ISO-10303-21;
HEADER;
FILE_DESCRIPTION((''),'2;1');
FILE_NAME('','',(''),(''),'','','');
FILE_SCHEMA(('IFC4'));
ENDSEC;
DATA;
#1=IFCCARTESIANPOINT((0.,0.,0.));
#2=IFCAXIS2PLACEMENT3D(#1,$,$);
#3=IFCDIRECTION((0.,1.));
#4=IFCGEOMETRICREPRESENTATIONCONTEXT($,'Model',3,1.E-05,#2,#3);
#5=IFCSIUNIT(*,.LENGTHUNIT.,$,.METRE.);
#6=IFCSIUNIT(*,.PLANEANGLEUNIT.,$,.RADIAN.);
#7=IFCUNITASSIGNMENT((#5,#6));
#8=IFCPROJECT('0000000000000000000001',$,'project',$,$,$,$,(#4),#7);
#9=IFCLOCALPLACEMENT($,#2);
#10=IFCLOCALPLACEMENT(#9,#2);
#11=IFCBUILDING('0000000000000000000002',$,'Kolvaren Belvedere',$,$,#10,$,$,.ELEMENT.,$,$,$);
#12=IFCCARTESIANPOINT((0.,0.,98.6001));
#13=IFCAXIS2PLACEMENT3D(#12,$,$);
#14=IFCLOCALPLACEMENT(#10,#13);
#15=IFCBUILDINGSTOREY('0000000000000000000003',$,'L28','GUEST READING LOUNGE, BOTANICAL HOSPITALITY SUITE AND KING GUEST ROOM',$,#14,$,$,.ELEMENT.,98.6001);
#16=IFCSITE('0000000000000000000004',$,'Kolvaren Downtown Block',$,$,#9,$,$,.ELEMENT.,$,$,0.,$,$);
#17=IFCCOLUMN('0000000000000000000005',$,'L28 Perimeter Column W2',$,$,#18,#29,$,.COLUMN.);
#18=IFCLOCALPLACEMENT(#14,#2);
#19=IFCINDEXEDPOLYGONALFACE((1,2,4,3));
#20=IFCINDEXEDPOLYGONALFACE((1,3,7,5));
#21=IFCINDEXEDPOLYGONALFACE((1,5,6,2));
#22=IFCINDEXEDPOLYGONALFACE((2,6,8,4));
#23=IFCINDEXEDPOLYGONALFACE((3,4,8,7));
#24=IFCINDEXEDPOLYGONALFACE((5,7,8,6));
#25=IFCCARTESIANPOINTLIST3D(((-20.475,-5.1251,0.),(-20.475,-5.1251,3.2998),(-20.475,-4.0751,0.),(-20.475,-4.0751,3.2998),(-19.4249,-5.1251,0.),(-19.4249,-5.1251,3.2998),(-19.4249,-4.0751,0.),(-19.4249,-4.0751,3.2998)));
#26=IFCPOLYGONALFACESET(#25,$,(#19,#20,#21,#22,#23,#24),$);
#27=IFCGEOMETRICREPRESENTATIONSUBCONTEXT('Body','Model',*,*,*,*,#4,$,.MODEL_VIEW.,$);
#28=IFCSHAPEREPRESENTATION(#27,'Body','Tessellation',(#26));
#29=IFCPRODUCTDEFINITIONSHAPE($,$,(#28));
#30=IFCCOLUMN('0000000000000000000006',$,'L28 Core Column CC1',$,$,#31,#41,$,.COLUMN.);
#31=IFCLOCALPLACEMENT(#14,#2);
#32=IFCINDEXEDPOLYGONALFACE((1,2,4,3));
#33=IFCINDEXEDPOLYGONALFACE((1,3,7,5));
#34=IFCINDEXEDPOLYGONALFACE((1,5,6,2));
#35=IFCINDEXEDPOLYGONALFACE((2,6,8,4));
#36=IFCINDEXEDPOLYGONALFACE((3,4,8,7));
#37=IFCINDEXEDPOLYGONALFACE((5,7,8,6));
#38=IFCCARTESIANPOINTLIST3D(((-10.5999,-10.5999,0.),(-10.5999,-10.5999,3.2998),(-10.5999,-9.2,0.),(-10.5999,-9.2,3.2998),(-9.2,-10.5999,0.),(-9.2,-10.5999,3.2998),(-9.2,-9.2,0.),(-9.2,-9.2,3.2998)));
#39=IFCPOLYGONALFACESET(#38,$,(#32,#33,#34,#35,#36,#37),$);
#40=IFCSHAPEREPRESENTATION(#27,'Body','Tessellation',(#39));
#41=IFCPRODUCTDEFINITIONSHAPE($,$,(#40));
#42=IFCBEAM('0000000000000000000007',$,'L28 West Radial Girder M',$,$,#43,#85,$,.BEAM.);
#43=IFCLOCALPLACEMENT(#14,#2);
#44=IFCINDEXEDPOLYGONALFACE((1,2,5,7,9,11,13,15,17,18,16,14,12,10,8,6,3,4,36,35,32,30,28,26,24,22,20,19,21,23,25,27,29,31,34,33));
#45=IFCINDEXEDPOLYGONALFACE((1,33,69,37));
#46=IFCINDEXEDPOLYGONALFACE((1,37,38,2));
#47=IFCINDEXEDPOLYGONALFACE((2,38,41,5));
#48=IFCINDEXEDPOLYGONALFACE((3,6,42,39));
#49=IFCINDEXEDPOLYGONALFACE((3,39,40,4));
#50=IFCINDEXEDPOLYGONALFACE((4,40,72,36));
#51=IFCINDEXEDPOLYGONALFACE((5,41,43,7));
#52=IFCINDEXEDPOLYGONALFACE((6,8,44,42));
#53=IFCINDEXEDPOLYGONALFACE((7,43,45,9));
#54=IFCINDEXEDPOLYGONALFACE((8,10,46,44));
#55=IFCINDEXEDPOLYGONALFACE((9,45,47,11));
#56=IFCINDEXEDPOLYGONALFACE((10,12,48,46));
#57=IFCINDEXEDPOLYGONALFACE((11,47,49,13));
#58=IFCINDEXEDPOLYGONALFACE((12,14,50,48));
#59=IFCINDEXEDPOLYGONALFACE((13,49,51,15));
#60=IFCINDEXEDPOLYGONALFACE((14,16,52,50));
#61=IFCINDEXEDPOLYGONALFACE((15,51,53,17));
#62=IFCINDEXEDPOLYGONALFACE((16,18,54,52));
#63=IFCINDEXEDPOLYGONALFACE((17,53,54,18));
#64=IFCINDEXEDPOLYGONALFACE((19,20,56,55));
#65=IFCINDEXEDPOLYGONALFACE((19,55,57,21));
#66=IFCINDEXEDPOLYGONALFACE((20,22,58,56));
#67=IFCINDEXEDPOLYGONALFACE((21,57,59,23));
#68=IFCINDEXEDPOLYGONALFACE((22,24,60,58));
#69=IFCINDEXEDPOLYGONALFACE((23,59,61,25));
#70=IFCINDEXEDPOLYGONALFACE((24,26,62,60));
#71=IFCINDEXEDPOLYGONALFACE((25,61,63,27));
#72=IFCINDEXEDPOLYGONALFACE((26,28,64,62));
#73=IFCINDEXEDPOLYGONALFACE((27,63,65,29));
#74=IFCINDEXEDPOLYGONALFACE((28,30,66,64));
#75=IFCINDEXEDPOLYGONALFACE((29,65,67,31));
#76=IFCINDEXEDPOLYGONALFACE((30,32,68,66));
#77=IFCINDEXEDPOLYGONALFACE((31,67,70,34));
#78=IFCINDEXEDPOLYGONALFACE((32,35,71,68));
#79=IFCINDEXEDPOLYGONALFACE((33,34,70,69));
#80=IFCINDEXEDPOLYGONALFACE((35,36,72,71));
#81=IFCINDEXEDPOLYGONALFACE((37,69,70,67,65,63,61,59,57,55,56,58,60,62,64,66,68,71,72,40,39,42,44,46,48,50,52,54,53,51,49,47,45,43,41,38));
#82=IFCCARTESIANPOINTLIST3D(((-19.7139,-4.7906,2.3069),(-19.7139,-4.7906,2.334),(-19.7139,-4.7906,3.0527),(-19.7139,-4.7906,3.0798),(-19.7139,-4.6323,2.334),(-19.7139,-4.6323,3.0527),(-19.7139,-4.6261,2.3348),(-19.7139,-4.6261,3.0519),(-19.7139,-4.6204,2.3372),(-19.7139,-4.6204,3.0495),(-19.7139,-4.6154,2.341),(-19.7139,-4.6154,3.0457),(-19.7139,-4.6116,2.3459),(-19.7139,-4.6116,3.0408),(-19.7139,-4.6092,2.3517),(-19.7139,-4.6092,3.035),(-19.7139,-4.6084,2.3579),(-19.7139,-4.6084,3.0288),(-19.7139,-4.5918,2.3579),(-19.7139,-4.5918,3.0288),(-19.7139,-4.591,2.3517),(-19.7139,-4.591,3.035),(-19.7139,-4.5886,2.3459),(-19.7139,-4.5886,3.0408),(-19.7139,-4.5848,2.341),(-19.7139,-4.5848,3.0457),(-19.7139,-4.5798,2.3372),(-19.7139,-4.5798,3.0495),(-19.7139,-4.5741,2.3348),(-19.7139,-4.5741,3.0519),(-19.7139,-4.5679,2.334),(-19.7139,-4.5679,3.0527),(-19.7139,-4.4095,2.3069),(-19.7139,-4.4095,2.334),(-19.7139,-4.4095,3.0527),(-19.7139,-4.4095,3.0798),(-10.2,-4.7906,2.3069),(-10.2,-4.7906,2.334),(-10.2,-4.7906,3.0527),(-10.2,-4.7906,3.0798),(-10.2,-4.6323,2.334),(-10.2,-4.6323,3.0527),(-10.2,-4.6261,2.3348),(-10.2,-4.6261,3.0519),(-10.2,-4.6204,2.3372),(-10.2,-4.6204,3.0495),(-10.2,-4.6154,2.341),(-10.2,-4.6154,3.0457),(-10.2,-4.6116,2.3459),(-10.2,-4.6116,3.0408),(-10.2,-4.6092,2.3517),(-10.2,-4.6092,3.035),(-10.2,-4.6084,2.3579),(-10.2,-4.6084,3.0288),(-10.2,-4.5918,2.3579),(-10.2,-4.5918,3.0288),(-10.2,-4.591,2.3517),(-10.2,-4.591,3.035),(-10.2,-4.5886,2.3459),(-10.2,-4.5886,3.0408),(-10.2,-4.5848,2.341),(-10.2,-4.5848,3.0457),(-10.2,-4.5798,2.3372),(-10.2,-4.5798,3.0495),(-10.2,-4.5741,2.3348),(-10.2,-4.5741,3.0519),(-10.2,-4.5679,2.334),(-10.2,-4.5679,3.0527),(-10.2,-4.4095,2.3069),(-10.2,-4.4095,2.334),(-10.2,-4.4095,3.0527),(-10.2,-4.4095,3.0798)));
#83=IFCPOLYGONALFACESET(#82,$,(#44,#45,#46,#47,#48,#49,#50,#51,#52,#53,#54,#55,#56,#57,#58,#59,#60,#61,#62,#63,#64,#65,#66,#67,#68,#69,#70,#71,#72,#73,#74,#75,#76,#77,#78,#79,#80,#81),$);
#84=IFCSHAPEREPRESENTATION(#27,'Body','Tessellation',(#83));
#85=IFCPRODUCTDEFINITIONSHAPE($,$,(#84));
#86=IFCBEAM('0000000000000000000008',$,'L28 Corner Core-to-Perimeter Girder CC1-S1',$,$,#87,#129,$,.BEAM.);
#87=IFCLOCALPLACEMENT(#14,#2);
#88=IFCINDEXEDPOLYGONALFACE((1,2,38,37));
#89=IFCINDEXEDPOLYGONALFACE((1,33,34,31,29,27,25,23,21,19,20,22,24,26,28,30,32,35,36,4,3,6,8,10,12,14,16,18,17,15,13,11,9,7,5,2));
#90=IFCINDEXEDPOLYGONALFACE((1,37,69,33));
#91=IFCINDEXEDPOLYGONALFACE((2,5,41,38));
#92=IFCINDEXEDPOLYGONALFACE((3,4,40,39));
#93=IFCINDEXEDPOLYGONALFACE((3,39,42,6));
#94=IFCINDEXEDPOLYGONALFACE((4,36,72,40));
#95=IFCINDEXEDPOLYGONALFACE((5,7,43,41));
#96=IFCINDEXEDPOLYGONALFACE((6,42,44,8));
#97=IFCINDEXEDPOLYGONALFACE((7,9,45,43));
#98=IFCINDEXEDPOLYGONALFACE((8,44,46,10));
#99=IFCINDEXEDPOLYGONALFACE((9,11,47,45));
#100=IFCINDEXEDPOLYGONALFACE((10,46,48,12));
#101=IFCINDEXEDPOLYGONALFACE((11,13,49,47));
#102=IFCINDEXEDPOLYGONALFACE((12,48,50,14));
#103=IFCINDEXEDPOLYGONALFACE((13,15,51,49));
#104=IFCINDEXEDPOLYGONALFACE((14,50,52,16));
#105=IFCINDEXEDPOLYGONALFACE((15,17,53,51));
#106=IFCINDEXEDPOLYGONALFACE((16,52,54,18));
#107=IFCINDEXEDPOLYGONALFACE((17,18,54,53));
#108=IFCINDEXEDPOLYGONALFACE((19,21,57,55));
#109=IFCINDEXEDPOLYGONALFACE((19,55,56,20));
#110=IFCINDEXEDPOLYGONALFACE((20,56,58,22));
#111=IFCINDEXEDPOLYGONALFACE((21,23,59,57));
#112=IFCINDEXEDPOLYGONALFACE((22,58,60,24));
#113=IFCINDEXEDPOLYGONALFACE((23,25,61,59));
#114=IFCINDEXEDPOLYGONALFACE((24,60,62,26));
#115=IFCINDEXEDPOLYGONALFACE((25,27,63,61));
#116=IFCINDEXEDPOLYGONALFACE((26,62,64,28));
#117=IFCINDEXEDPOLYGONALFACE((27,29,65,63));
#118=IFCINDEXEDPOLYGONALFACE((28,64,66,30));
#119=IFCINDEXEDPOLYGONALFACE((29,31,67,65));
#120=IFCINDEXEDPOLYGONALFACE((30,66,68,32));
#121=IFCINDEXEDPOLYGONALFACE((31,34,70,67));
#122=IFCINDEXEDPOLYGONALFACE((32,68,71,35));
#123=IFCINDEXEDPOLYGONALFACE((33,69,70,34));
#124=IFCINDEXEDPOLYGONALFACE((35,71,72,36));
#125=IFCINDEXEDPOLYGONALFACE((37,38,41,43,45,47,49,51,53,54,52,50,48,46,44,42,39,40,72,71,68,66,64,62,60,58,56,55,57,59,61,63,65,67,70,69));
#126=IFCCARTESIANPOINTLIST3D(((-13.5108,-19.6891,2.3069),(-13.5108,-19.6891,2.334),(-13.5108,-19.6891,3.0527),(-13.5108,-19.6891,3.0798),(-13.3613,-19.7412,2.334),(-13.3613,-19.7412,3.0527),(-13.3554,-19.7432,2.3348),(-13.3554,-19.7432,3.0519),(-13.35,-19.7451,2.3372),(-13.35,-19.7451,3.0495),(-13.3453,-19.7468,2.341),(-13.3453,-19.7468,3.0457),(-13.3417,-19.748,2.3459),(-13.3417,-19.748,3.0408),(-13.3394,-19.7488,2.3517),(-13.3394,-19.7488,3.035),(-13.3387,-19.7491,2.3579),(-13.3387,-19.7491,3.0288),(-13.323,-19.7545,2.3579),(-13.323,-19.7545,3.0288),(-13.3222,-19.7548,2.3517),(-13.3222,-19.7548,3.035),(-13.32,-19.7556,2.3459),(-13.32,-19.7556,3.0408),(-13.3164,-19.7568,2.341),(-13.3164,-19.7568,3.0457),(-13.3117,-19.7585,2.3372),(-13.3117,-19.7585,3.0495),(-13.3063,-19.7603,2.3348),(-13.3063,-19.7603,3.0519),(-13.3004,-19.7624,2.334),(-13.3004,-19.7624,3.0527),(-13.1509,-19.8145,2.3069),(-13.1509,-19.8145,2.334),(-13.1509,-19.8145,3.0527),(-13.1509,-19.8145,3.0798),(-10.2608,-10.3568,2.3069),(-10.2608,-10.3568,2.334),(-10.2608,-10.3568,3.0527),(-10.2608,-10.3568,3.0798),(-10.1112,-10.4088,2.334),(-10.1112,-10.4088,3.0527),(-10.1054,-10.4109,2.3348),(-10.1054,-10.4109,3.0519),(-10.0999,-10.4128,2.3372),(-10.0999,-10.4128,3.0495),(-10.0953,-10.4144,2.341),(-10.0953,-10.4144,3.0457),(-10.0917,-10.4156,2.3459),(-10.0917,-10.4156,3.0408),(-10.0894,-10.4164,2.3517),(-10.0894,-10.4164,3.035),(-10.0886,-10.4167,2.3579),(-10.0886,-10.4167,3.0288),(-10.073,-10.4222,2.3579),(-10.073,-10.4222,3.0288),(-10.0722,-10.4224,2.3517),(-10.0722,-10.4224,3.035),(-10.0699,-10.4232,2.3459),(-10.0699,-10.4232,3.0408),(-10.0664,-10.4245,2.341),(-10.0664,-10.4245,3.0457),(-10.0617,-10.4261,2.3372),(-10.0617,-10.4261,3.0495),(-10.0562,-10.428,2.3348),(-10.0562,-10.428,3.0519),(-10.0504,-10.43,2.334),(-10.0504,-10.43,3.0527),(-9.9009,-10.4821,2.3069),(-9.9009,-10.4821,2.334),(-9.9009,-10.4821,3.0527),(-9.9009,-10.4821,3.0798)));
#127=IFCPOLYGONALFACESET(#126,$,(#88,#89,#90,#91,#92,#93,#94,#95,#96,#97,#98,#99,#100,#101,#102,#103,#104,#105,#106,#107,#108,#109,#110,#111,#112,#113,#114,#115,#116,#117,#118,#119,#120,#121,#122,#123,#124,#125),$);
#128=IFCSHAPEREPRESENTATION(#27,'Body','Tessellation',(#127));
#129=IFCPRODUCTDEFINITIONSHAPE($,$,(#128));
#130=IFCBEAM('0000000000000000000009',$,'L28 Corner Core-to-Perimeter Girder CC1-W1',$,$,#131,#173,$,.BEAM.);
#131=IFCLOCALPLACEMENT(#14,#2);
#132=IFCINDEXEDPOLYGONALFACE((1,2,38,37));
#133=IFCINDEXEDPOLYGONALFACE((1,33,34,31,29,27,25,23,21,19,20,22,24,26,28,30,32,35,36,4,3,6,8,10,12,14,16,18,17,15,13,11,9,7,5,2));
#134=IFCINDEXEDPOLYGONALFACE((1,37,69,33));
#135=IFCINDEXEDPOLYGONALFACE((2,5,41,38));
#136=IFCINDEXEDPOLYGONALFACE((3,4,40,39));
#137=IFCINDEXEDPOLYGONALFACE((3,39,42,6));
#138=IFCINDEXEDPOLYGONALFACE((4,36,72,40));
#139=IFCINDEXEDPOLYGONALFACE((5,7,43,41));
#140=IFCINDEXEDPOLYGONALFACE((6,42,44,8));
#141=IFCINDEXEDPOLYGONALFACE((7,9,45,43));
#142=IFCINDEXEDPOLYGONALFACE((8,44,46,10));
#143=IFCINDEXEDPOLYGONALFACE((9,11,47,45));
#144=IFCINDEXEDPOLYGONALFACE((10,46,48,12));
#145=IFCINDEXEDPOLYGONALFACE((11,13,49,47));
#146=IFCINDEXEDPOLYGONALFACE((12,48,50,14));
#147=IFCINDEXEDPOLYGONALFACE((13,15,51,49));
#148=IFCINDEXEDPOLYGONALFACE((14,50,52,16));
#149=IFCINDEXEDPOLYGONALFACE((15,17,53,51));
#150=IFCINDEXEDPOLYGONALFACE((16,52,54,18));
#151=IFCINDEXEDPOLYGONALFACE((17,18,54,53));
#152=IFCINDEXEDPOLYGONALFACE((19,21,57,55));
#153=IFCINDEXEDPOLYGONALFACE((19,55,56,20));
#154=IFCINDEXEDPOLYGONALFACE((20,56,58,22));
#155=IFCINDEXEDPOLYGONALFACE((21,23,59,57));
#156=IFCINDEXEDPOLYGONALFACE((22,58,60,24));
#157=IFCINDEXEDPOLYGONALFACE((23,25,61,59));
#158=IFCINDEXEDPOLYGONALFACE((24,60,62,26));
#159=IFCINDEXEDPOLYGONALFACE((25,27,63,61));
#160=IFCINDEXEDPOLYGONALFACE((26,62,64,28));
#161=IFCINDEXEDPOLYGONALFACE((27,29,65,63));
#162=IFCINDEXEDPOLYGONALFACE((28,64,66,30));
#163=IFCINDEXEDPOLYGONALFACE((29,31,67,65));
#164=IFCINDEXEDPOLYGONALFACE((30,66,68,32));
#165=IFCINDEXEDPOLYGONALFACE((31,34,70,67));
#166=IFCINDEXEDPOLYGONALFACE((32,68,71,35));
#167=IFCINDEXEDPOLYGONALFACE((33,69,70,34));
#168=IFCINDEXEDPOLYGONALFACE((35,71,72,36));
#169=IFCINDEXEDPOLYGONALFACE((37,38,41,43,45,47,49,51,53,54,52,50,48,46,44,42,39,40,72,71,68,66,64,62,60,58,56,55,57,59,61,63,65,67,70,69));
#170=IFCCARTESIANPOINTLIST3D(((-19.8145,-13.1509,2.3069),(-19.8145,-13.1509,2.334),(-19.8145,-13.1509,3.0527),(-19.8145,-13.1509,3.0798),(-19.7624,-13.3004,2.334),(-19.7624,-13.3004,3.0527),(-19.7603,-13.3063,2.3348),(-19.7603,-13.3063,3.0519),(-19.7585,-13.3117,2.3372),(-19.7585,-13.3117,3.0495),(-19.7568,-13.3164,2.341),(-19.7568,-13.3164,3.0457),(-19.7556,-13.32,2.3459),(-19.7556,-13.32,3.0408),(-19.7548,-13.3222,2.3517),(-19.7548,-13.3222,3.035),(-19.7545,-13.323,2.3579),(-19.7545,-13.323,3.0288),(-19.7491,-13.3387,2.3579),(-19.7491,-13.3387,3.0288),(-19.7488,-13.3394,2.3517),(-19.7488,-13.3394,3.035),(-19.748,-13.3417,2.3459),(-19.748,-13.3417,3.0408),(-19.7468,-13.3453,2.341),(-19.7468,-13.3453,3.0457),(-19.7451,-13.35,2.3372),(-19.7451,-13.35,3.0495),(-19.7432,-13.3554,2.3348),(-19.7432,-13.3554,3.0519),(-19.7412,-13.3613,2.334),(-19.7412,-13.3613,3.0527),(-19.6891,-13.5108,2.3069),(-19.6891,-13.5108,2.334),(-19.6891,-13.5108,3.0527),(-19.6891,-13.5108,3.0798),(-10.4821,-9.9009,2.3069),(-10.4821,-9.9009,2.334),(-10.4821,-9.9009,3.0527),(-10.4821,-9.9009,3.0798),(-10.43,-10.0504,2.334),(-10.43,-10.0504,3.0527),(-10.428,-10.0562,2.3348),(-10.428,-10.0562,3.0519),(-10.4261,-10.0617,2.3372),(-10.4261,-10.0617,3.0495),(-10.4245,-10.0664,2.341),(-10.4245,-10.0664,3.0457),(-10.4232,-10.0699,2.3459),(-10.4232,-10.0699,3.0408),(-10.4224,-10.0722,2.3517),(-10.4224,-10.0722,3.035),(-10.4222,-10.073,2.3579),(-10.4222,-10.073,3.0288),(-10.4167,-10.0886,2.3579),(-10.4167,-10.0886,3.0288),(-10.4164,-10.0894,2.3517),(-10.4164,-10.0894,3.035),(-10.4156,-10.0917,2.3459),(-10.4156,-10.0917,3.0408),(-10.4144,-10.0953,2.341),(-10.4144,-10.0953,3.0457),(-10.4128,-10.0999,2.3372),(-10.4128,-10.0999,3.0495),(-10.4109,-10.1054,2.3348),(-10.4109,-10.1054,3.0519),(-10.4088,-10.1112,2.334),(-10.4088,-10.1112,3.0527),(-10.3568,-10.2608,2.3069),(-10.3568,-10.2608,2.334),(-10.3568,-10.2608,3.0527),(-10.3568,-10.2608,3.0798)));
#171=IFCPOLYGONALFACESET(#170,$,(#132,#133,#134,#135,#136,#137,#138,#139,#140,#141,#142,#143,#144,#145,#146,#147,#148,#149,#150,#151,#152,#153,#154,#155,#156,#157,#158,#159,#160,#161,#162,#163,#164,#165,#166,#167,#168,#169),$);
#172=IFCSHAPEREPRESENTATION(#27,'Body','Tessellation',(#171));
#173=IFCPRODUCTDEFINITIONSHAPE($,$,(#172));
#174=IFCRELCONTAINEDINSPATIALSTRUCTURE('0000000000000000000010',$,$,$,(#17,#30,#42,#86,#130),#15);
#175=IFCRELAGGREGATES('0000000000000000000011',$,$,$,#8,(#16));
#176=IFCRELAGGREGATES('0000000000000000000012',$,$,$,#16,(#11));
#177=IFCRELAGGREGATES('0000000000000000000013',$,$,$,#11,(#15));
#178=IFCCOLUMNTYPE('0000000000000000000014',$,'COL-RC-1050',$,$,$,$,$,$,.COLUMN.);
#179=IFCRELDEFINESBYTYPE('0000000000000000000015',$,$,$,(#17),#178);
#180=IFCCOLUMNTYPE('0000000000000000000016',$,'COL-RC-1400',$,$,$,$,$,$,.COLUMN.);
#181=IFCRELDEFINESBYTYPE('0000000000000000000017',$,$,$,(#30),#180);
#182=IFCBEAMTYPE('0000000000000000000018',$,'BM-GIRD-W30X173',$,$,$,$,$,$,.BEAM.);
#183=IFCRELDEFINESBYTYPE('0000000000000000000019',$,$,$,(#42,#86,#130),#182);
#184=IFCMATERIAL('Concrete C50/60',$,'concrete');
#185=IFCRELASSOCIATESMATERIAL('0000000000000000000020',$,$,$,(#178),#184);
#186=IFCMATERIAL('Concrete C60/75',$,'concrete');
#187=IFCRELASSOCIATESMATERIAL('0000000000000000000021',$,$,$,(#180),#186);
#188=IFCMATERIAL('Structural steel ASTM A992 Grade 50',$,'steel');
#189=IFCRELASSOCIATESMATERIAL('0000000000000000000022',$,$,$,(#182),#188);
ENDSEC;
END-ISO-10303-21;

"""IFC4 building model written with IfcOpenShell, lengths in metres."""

from ifc_helpers import new_model, si_unit, direction, frame, origin, origin_2d, place, context, subcontext, project, spatial, rectangle, i_section, extrude, material, material_profile, profile_set, type_object, element, save


model = new_model("IFC4")

# Units and contexts
model_context = context("Model", 3, precision=1e-05, world=origin(), true_north=direction((0.0, 1.0)))
body_context = subcontext(model_context, "Body", "Model", "MODEL_VIEW")
ifc_project = project(units=[si_unit("LENGTHUNIT", "METRE"), si_unit("PLANEANGLEUNIT", "RADIAN")], contexts=[model_context])

# Site, building, storey
site_placement = place(None, origin())
site = spatial("IfcSite", under=ifc_project, at=site_placement, Name="Kolvaren Downtown Block", CompositionType="ELEMENT", RefElevation=0.0)
building_placement = place(site_placement, origin())
building = spatial("IfcBuilding", under=site, at=building_placement, Name="Kolvaren Belvedere", CompositionType="ELEMENT")
storey_placement = place(building_placement, frame((0.0, 0.0, 98.6001)))
storey = spatial("IfcBuildingStorey", under=building, at=storey_placement, Name="L28", Description="GUEST READING LOUNGE, BOTANICAL HOSPITALITY SUITE AND KING GUEST ROOM", CompositionType="ELEMENT", Elevation=98.6001)

# Columns
ifc_material_1 = material(Name="Concrete C50/60", Category="concrete")
ifc_material_profile_1 = material_profile(ifc_material_1, rectangle(XDim=1.05, YDim=1.05, at=origin_2d()), Name="RC 1050X1050")
ifc_profile_set_1 = profile_set([ifc_material_profile_1], Name="Concrete C50/60")
column_type_1 = type_object("IfcColumnType", Name="COL-RC-1050", PredefinedType="COLUMN", material=ifc_profile_set_1)
column_1_placement = place(storey_placement, frame((-19.95, -4.6001, 0.0), z_axis=(0.0, 0.0, 1.0), x_axis=(1.0, 0.0, 0.0)))
element("IfcColumn", 1, at=column_1_placement, inside=storey, type_object=column_type_1, Name="L28 Perimeter Column W2", PredefinedType="COLUMN", context=body_context, shape_type="SweptSolid", body=[
    extrude(rectangle(XDim=1.05, YDim=1.05, at=origin_2d()), origin(), (0.0, 0.0, 1.0), 3.2998),
])
ifc_material_2 = material(Name="Concrete C60/75", Category="concrete")
ifc_material_profile_2 = material_profile(ifc_material_2, rectangle(XDim=1.3999, YDim=1.3999, at=origin_2d()), Name="RC 1400X1400")
ifc_profile_set_2 = profile_set([ifc_material_profile_2], Name="Concrete C60/75")
column_type_2 = type_object("IfcColumnType", Name="COL-RC-1400", PredefinedType="COLUMN", material=ifc_profile_set_2)
column_2_placement = place(storey_placement, frame((-9.8999, -9.8999, 0.0), z_axis=(0.0, 0.0, 1.0), x_axis=(1.0, 0.0, 0.0)))
element("IfcColumn", 2, at=column_2_placement, inside=storey, type_object=column_type_2, Name="L28 Core Column CC1", PredefinedType="COLUMN", context=body_context, shape_type="SweptSolid", body=[
    extrude(rectangle(XDim=1.3999, YDim=1.3999, at=origin_2d()), origin(), (0.0, 0.0, 1.0), 3.2998),
])

# Beams
ifc_material_3 = material(Name="Structural steel ASTM A992 Grade 50", Category="steel")
ifc_material_profile_3 = material_profile(ifc_material_3, i_section(OverallWidth=0.3811, OverallDepth=0.7729, WebThickness=0.0166, FlangeThickness=0.0271, FilletRadius=0.0239, at=origin_2d()), Name="W30X173")
ifc_profile_set_3 = profile_set([ifc_material_profile_3], Name="Structural steel ASTM A992 Grade 50")
beam_type_1 = type_object("IfcBeamType", Name="BM-GIRD-W30X173", PredefinedType="BEAM", material=ifc_profile_set_3)
beam_1_placement = place(storey_placement, frame((-10.2, -4.6001, 2.6934), z_axis=(-1.0, 0.0, 0.0), x_axis=(0.0, -1.0, 0.0)))
element("IfcBeam", 3, at=beam_1_placement, inside=storey, type_object=beam_type_1, Name="L28 West Radial Girder M", PredefinedType="BEAM", context=body_context, shape_type="SweptSolid", body=[
    extrude(i_section(OverallWidth=0.3811, OverallDepth=0.7729, WebThickness=0.0166, FlangeThickness=0.0271, FilletRadius=0.0239, at=origin_2d()), origin(), (0.0, 0.0, 1.0), 9.5139),
])
for number, where, z_axis, x_axis, name in (
    (4, (-10.0808, -10.4194, 2.6934), (-0.328881, -0.944371, 0.0), (0.944371, -0.328881, 0.0), "L28 Corner Core-to-Perimeter Girder CC1-S1"),
    (5, (-10.4194, -10.0808, 2.6934), (-0.944371, -0.328881, 0.0), (0.328881, -0.944371, 0.0), "L28 Corner Core-to-Perimeter Girder CC1-W1"),
):
    element("IfcBeam", number, at=place(storey_placement, frame(where, z_axis=z_axis, x_axis=x_axis)), inside=storey, type_object=beam_type_1, Name=name, PredefinedType="BEAM", context=body_context, shape_type="SweptSolid", body=[
        extrude(i_section(OverallWidth=0.3811, OverallDepth=0.7729, WebThickness=0.0166, FlangeThickness=0.0271, FilletRadius=0.0239, at=origin_2d()), origin(), (0.0, 0.0, 1.0), 9.8821),
    ])

save(model, "model.ifc")
